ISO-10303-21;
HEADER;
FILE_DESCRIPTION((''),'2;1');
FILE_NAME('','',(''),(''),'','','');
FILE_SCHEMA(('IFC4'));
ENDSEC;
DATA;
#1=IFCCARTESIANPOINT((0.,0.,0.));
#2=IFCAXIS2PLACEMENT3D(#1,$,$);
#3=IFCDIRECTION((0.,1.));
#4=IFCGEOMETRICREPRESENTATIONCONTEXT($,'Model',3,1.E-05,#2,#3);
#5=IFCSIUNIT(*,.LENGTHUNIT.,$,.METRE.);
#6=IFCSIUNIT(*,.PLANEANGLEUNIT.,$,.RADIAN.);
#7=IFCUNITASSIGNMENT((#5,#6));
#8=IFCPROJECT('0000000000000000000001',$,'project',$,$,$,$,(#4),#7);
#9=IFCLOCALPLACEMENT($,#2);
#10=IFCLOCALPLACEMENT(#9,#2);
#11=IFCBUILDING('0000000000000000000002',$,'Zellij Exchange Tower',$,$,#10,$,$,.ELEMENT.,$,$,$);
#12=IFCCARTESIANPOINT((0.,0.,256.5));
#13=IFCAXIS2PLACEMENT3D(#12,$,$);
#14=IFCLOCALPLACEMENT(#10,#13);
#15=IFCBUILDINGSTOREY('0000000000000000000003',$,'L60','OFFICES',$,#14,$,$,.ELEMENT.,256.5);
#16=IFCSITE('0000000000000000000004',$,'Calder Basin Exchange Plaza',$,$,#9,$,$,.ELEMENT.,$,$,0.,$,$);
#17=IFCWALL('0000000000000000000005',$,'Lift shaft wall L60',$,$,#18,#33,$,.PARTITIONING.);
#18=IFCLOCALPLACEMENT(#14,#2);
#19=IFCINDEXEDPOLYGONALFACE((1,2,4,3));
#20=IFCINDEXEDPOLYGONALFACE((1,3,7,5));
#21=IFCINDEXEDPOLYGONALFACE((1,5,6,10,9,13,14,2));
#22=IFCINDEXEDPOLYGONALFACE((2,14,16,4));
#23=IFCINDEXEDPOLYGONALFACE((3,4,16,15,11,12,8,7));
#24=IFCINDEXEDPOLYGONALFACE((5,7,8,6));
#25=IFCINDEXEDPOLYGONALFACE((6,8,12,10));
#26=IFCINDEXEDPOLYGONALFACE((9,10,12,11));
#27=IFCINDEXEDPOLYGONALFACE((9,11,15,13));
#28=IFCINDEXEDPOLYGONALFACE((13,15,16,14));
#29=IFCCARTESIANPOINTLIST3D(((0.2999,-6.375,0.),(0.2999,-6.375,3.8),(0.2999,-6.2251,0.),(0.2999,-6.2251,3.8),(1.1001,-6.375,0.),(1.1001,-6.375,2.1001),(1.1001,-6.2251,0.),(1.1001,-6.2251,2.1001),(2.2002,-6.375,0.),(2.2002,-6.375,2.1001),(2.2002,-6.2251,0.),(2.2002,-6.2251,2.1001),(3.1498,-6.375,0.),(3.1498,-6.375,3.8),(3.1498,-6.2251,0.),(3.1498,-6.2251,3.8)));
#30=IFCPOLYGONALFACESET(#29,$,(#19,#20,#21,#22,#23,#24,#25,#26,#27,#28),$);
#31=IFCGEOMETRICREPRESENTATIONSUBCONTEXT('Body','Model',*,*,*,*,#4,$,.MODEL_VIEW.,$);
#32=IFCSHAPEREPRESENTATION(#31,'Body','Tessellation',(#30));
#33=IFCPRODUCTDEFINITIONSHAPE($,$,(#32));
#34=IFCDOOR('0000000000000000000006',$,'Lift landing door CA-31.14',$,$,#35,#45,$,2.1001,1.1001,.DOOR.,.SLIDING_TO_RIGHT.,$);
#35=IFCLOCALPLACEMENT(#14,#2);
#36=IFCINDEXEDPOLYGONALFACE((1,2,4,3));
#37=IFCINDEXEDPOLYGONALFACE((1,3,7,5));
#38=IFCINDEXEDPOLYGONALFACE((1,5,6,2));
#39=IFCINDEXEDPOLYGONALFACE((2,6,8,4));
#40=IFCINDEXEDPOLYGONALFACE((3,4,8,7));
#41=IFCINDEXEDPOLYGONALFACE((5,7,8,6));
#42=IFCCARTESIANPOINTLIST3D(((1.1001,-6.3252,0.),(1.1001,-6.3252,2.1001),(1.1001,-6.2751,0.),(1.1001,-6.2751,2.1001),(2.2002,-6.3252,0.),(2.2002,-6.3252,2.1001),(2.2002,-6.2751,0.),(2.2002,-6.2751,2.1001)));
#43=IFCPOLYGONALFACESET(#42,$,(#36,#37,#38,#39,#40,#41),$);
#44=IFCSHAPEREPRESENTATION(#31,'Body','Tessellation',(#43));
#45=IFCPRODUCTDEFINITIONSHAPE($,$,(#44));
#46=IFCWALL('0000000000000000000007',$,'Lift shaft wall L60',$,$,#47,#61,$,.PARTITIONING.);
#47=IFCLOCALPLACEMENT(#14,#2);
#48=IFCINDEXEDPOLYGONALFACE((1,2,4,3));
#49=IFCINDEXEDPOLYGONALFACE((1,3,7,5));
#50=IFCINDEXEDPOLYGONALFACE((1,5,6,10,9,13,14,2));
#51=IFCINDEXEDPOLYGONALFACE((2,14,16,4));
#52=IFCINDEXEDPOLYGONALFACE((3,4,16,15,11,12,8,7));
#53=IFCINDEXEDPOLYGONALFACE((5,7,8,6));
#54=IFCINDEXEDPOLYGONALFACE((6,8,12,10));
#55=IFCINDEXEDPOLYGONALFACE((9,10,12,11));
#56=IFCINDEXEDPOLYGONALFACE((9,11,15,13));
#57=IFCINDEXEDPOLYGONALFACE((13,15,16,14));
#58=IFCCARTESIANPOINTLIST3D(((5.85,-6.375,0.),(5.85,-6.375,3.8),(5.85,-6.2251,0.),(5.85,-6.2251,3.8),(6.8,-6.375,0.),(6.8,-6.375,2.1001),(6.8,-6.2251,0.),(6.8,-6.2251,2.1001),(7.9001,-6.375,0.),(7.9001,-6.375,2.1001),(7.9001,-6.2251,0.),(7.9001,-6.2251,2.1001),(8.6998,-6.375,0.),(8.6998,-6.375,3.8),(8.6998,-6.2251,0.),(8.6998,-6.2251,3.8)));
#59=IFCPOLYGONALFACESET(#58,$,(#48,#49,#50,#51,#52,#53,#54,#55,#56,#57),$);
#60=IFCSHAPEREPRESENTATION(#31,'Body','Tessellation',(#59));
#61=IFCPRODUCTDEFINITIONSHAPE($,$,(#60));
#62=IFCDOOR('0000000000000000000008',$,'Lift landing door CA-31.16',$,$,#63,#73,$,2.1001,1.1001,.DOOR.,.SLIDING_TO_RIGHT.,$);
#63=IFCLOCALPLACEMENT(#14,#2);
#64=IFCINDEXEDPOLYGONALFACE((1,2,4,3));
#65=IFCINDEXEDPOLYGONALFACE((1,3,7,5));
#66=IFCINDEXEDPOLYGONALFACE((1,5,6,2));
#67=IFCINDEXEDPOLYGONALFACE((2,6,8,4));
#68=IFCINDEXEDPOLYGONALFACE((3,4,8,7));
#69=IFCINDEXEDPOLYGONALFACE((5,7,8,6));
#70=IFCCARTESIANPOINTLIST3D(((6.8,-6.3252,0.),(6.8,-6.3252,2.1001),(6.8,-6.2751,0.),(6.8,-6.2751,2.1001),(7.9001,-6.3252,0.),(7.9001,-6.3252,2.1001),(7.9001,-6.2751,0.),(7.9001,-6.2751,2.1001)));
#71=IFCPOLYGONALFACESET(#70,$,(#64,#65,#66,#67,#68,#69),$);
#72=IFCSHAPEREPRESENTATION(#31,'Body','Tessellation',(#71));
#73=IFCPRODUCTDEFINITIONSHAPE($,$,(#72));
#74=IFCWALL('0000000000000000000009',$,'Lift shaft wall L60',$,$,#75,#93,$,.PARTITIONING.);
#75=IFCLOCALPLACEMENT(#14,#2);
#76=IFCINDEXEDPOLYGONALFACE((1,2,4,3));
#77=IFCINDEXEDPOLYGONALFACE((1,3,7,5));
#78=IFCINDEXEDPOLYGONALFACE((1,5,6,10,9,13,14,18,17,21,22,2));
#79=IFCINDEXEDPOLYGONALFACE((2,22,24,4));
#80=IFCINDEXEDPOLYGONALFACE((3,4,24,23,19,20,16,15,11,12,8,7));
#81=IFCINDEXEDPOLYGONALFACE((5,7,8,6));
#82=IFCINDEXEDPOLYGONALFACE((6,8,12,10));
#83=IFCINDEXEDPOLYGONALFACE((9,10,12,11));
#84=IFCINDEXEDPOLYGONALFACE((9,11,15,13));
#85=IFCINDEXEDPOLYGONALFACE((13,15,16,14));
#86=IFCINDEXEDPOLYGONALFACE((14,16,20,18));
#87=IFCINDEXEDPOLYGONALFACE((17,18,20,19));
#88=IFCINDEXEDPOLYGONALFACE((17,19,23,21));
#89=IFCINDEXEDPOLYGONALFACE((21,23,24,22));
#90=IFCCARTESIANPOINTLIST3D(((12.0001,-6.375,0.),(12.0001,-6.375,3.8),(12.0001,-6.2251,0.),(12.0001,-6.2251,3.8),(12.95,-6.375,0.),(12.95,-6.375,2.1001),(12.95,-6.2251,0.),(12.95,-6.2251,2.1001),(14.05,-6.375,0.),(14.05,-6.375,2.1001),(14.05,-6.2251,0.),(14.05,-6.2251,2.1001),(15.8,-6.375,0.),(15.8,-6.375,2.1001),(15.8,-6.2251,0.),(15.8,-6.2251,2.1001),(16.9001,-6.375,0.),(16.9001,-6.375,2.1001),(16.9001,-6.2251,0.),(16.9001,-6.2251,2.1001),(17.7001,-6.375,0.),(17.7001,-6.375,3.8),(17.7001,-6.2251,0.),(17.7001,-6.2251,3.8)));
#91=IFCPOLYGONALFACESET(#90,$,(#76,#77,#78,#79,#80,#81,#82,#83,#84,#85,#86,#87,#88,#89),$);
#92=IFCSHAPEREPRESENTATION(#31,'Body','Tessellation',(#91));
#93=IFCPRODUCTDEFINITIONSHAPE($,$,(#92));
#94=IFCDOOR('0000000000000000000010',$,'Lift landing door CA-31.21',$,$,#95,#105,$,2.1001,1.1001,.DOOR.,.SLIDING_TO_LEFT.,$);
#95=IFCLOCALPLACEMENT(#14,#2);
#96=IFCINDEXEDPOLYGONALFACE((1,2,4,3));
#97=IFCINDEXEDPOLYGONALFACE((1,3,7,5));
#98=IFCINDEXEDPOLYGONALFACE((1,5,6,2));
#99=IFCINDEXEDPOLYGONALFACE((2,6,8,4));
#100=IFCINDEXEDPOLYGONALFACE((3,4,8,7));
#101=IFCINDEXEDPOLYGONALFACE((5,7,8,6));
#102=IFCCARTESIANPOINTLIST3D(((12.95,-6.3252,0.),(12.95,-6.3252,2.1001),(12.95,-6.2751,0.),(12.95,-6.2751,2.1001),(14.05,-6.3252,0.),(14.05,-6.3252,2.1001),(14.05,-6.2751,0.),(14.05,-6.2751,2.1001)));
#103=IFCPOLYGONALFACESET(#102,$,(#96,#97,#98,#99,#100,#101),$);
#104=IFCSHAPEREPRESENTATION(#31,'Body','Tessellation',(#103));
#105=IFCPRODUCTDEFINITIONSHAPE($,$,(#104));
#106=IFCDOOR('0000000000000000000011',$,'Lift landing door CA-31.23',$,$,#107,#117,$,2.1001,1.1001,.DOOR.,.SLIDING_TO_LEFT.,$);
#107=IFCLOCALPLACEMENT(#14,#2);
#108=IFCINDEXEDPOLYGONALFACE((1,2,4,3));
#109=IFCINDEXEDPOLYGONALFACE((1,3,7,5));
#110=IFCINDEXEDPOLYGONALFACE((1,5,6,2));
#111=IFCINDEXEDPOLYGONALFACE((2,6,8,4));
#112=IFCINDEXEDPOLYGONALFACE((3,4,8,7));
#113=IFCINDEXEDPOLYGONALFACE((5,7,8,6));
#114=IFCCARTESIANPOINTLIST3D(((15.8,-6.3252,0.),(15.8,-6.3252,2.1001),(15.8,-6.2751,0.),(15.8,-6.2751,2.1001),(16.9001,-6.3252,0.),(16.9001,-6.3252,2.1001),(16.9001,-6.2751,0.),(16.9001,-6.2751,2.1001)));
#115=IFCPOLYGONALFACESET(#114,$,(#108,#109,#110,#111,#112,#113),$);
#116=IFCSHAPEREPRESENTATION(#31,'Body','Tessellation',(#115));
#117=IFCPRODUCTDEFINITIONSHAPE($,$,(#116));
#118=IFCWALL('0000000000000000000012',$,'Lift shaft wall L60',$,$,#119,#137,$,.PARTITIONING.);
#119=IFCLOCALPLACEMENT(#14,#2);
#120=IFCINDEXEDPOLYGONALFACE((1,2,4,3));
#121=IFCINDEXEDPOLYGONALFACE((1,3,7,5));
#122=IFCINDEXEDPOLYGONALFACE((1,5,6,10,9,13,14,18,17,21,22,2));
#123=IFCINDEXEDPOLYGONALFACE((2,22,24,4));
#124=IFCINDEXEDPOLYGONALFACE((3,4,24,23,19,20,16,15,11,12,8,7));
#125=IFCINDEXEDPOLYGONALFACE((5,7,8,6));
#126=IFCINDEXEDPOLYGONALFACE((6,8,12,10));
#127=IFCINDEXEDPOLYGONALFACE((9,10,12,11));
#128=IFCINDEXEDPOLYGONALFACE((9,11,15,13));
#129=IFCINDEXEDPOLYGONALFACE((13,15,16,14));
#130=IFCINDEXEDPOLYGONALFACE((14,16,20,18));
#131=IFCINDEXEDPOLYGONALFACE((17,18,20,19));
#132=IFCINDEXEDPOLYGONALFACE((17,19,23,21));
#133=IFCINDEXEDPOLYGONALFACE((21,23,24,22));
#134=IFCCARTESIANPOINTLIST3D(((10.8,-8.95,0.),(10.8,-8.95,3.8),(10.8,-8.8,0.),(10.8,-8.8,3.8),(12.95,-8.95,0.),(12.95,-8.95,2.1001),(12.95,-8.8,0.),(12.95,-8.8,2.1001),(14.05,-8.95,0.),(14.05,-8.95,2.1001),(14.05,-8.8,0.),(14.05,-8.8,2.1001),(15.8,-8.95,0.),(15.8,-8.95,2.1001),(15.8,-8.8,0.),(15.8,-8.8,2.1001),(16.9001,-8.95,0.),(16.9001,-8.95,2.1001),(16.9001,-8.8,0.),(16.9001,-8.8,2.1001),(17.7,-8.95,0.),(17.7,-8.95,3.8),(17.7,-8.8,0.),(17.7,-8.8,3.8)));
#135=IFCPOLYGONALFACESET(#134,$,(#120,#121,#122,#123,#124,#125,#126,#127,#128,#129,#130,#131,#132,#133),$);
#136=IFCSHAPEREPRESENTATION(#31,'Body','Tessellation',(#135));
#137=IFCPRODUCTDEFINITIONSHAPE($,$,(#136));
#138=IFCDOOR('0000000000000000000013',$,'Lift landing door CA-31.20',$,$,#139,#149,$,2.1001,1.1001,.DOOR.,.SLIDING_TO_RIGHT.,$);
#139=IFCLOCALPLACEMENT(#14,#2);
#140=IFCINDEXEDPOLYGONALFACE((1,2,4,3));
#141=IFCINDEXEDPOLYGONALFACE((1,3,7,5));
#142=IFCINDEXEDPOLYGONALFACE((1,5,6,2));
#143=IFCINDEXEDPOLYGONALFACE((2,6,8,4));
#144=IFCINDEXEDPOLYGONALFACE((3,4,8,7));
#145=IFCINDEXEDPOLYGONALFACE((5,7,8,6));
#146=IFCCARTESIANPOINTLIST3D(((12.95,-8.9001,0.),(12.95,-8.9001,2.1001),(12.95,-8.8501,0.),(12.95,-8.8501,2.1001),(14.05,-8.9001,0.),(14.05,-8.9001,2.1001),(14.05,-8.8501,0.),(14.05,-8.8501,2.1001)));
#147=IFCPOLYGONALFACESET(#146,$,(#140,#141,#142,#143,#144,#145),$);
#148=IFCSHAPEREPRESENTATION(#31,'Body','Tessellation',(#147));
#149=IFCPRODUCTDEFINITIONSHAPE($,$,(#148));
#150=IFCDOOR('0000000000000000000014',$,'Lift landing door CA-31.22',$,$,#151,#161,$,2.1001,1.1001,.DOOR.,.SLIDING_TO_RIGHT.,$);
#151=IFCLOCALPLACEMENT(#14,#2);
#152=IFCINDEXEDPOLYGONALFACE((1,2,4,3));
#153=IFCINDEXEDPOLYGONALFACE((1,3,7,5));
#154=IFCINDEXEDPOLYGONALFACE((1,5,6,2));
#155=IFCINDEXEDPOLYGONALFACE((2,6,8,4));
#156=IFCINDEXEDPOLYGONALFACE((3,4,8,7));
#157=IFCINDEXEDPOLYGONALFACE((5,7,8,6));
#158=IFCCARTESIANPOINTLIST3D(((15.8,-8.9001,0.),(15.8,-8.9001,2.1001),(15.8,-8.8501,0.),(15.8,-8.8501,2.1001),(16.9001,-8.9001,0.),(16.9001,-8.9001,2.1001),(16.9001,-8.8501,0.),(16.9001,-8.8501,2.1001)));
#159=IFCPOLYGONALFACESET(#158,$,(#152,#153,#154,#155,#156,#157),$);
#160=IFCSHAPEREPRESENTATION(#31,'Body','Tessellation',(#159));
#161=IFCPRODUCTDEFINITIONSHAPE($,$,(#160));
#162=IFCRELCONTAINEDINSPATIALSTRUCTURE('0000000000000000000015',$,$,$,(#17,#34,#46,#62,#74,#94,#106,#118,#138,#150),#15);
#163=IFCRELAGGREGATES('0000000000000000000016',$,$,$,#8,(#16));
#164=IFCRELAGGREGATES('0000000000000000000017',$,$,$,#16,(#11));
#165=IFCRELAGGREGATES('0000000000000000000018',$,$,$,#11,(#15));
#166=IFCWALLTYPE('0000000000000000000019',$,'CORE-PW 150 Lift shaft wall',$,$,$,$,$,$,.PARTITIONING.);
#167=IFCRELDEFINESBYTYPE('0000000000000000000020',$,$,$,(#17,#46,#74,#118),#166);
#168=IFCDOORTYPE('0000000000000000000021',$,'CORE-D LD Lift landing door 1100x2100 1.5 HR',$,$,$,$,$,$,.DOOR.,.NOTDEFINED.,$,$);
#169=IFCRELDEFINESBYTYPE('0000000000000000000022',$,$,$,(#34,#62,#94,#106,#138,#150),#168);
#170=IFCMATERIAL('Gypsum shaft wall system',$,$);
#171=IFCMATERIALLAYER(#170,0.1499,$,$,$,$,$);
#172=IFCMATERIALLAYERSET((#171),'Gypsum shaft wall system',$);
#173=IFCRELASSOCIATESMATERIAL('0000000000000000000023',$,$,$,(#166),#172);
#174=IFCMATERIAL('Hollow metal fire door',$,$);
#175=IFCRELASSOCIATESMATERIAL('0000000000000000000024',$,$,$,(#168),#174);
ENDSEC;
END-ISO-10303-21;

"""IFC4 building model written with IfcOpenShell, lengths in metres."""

from ifc_helpers import new_model, si_unit, direction, frame, frame_2d, origin, place, context, subcontext, project, spatial, rectangle, extrude, material, layer, layer_set, type_object, element, fill, save


model = new_model("IFC4")

# Units and contexts
model_context = context("Model", 3, precision=1e-05, world=origin(), true_north=direction((0.0, 1.0)))
body_context = subcontext(model_context, "Body", "Model", "MODEL_VIEW")
ifc_project = project(units=[si_unit("LENGTHUNIT", "METRE"), si_unit("PLANEANGLEUNIT", "RADIAN")], contexts=[model_context])

# Site, building, storey
site_placement = place(None, origin())
site = spatial("IfcSite", under=ifc_project, at=site_placement, Name="Calder Basin Exchange Plaza", CompositionType="ELEMENT", RefElevation=0.0)
building_placement = place(site_placement, origin())
building = spatial("IfcBuilding", under=site, at=building_placement, Name="Zellij Exchange Tower", CompositionType="ELEMENT")
storey_placement = place(building_placement, frame((0.0, 0.0, 256.5)))
storey = spatial("IfcBuildingStorey", under=building, at=storey_placement, Name="L60", Description="OFFICES", CompositionType="ELEMENT", Elevation=256.5)

# Shared definitions
ifc_material_1 = material(Name="Gypsum shaft wall system")
ifc_material_2 = material(Name="Hollow metal fire door")

# Shared definitions
ifc_layer_1 = layer(ifc_material_1, 0.1499)
ifc_layer_set_1 = layer_set([ifc_layer_1], Name="Gypsum shaft wall system")
wall_type_1 = type_object("IfcWallType", Name="CORE-PW 150 Lift shaft wall", PredefinedType="PARTITIONING", material=ifc_layer_set_1)

# Walls, openings, doors
wall_1_placement = place(storey_placement, frame((0.3, -6.3, 0.0), z_axis=(0.0, 0.0, 1.0), x_axis=(1.0, 0.0, 0.0)))
wall_1 = element("IfcWall", 1, at=wall_1_placement, inside=storey, type_object=wall_type_1, Name="Lift shaft wall L60", PredefinedType="PARTITIONING", context=body_context, shape_type="SweptSolid", body=[
    extrude(rectangle(XDim=2.8499, YDim=0.1499, at=frame_2d((1.4248, 0.0))), origin(), (0.0, 0.0, 1.0), 3.8),
])
opening_1_placement = place(wall_1_placement, frame((0.8, 0.0, 0.0)))
opening_1 = element("IfcOpeningElement", 2, at=opening_1_placement, cuts=wall_1, PredefinedType="OPENING", context=body_context, shape_type="SweptSolid", body=[
    extrude(rectangle(XDim=1.1001, YDim=2.1001, at=frame_2d((0.55, 1.05))), frame((0.0, 0.0869, 0.0), z_axis=(0.0, -1.0, 0.0), x_axis=(1.0, 0.0, 0.0)), (0.0, 0.0, 1.0), 0.1738),
])
door_type_1 = type_object("IfcDoorType", Name="CORE-D LD Lift landing door 1100x2100 1.5 HR", OperationType="NOTDEFINED", PredefinedType="DOOR", material=ifc_material_2)
door_1_placement = place(opening_1_placement, origin())
door_1 = element("IfcDoor", 3, at=door_1_placement, inside=storey, type_object=door_type_1, Name="Lift landing door CA-31.14", OperationType="SLIDING_TO_RIGHT", OverallHeight=2.1001, OverallWidth=1.1001, PredefinedType="DOOR", context=body_context, shape_type="SweptSolid", body=[
    extrude(rectangle(XDim=1.1001, YDim=2.1001, at=frame_2d((0.55, 1.05))), frame((0.0, 0.0249, 0.0), z_axis=(0.0, -1.0, 0.0), x_axis=(1.0, 0.0, 0.0)), (0.0, 0.0, 1.0), 0.05),
])
fill(opening_1, door_1)
wall_2_placement = place(storey_placement, frame((5.8501, -6.3, 0.0), z_axis=(0.0, 0.0, 1.0), x_axis=(1.0, 0.0, 0.0)))
wall_2 = element("IfcWall", 4, at=wall_2_placement, inside=storey, type_object=wall_type_1, Name="Lift shaft wall L60", PredefinedType="PARTITIONING", context=body_context, shape_type="SweptSolid", body=[
    extrude(rectangle(XDim=2.8499, YDim=0.1499, at=frame_2d((1.4248, 0.0))), origin(), (0.0, 0.0, 1.0), 3.8),
])
opening_2_placement = place(wall_2_placement, frame((0.95, 0.0, 0.0)))
opening_2 = element("IfcOpeningElement", 5, at=opening_2_placement, cuts=wall_2, PredefinedType="OPENING", context=body_context, shape_type="SweptSolid", body=[
    extrude(rectangle(XDim=1.1001, YDim=2.1001, at=frame_2d((0.55, 1.05))), frame((0.0, 0.0869, 0.0), z_axis=(0.0, -1.0, 0.0), x_axis=(1.0, 0.0, 0.0)), (0.0, 0.0, 1.0), 0.1738),
])
door_2_placement = place(opening_2_placement, origin())
door_2 = element("IfcDoor", 6, at=door_2_placement, inside=storey, type_object=door_type_1, Name="Lift landing door CA-31.16", OperationType="SLIDING_TO_RIGHT", OverallHeight=2.1001, OverallWidth=1.1001, PredefinedType="DOOR", context=body_context, shape_type="SweptSolid", body=[
    extrude(rectangle(XDim=1.1001, YDim=2.1001, at=frame_2d((0.55, 1.05))), frame((0.0, 0.0249, 0.0), z_axis=(0.0, -1.0, 0.0), x_axis=(1.0, 0.0, 0.0)), (0.0, 0.0, 1.0), 0.05),
])
fill(opening_2, door_2)

# Walls, openings, doors
wall_3_placement = place(storey_placement, frame((12.0, -6.3, 0.0), z_axis=(0.0, 0.0, 1.0), x_axis=(1.0, 0.0, 0.0)))
wall_3 = element("IfcWall", 7, at=wall_3_placement, inside=storey, type_object=wall_type_1, Name="Lift shaft wall L60", PredefinedType="PARTITIONING", context=body_context, shape_type="SweptSolid", body=[
    extrude(rectangle(XDim=5.7, YDim=0.1499, at=frame_2d((2.8501, 0.0))), origin(), (0.0, 0.0, 1.0), 3.8),
])
opening_3_placement = place(wall_3_placement, frame((0.95, 0.0, 0.0)))
opening_3 = element("IfcOpeningElement", 8, at=opening_3_placement, cuts=wall_3, PredefinedType="OPENING", context=body_context, shape_type="SweptSolid", body=[
    extrude(rectangle(XDim=1.1001, YDim=2.1001, at=frame_2d((0.55, 1.05))), frame((0.0, 0.0869, 0.0), z_axis=(0.0, -1.0, 0.0), x_axis=(1.0, 0.0, 0.0)), (0.0, 0.0, 1.0), 0.1738),
])
opening_4_placement = place(wall_3_placement, frame((3.8, 0.0, 0.0)))
opening_4 = element("IfcOpeningElement", 9, at=opening_4_placement, cuts=wall_3, PredefinedType="OPENING", context=body_context, shape_type="SweptSolid", body=[
    extrude(rectangle(XDim=1.1001, YDim=2.1001, at=frame_2d((0.55, 1.05))), frame((0.0, 0.0869, 0.0), z_axis=(0.0, -1.0, 0.0), x_axis=(1.0, 0.0, 0.0)), (0.0, 0.0, 1.0), 0.1738),
])
door_3_placement = place(opening_3_placement, origin())
door_3 = element("IfcDoor", 10, at=door_3_placement, inside=storey, type_object=door_type_1, Name="Lift landing door CA-31.21", OperationType="SLIDING_TO_LEFT", OverallHeight=2.1001, OverallWidth=1.1001, PredefinedType="DOOR", context=body_context, shape_type="SweptSolid", body=[
    extrude(rectangle(XDim=1.1001, YDim=2.1001, at=frame_2d((0.55, 1.05))), frame((0.0, 0.0249, 0.0), z_axis=(0.0, -1.0, 0.0), x_axis=(1.0, 0.0, 0.0)), (0.0, 0.0, 1.0), 0.05),
])
fill(opening_3, door_3)
door_4_placement = place(opening_4_placement, origin())
door_4 = element("IfcDoor", 11, at=door_4_placement, inside=storey, type_object=door_type_1, Name="Lift landing door CA-31.23", OperationType="SLIDING_TO_LEFT", OverallHeight=2.1001, OverallWidth=1.1001, PredefinedType="DOOR", context=body_context, shape_type="SweptSolid", body=[
    extrude(rectangle(XDim=1.1001, YDim=2.1001, at=frame_2d((0.55, 1.05))), frame((0.0, 0.0249, 0.0), z_axis=(0.0, -1.0, 0.0), x_axis=(1.0, 0.0, 0.0)), (0.0, 0.0, 1.0), 0.05),
])
fill(opening_4, door_4)
wall_4_placement = place(storey_placement, frame((10.8, -8.875, 0.0), z_axis=(0.0, 0.0, 1.0), x_axis=(1.0, 0.0, 0.0)))
wall_4 = element("IfcWall", 12, at=wall_4_placement, inside=storey, type_object=wall_type_1, Name="Lift shaft wall L60", PredefinedType="PARTITIONING", context=body_context, shape_type="SweptSolid", body=[
    extrude(rectangle(XDim=6.8999, YDim=0.1499, at=frame_2d((3.45, 0.0))), origin(), (0.0, 0.0, 1.0), 3.8),
])
opening_5_placement = place(wall_4_placement, frame((2.1499, 0.0, 0.0)))
opening_5 = element("IfcOpeningElement", 13, at=opening_5_placement, cuts=wall_4, PredefinedType="OPENING", context=body_context, shape_type="SweptSolid", body=[
    extrude(rectangle(XDim=1.1001, YDim=2.1001, at=frame_2d((0.55, 1.05))), frame((0.0, 0.0869, 0.0), z_axis=(0.0, -1.0, 0.0), x_axis=(1.0, 0.0, 0.0)), (0.0, 0.0, 1.0), 0.1738),
])
opening_6_placement = place(wall_4_placement, frame((5.0, 0.0, 0.0)))
opening_6 = element("IfcOpeningElement", 14, at=opening_6_placement, cuts=wall_4, PredefinedType="OPENING", context=body_context, shape_type="SweptSolid", body=[
    extrude(rectangle(XDim=1.1001, YDim=2.1001, at=frame_2d((0.55, 1.05))), frame((0.0, 0.0869, 0.0), z_axis=(0.0, -1.0, 0.0), x_axis=(1.0, 0.0, 0.0)), (0.0, 0.0, 1.0), 0.1738),
])
door_5_placement = place(opening_5_placement, origin())
door_5 = element("IfcDoor", 15, at=door_5_placement, inside=storey, type_object=door_type_1, Name="Lift landing door CA-31.20", OperationType="SLIDING_TO_RIGHT", OverallHeight=2.1001, OverallWidth=1.1001, PredefinedType="DOOR", context=body_context, shape_type="SweptSolid", body=[
    extrude(rectangle(XDim=1.1001, YDim=2.1001, at=frame_2d((0.55, 1.05))), frame((0.0, 0.0249, 0.0), z_axis=(0.0, -1.0, 0.0), x_axis=(1.0, 0.0, 0.0)), (0.0, 0.0, 1.0), 0.05),
])
fill(opening_5, door_5)
door_6_placement = place(opening_6_placement, origin())
door_6 = element("IfcDoor", 16, at=door_6_placement, inside=storey, type_object=door_type_1, Name="Lift landing door CA-31.22", OperationType="SLIDING_TO_RIGHT", OverallHeight=2.1001, OverallWidth=1.1001, PredefinedType="DOOR", context=body_context, shape_type="SweptSolid", body=[
    extrude(rectangle(XDim=1.1001, YDim=2.1001, at=frame_2d((0.55, 1.05))), frame((0.0, 0.0249, 0.0), z_axis=(0.0, -1.0, 0.0), x_axis=(1.0, 0.0, 0.0)), (0.0, 0.0, 1.0), 0.05),
])
fill(opening_6, door_6)

save(model, "model.ifc")
